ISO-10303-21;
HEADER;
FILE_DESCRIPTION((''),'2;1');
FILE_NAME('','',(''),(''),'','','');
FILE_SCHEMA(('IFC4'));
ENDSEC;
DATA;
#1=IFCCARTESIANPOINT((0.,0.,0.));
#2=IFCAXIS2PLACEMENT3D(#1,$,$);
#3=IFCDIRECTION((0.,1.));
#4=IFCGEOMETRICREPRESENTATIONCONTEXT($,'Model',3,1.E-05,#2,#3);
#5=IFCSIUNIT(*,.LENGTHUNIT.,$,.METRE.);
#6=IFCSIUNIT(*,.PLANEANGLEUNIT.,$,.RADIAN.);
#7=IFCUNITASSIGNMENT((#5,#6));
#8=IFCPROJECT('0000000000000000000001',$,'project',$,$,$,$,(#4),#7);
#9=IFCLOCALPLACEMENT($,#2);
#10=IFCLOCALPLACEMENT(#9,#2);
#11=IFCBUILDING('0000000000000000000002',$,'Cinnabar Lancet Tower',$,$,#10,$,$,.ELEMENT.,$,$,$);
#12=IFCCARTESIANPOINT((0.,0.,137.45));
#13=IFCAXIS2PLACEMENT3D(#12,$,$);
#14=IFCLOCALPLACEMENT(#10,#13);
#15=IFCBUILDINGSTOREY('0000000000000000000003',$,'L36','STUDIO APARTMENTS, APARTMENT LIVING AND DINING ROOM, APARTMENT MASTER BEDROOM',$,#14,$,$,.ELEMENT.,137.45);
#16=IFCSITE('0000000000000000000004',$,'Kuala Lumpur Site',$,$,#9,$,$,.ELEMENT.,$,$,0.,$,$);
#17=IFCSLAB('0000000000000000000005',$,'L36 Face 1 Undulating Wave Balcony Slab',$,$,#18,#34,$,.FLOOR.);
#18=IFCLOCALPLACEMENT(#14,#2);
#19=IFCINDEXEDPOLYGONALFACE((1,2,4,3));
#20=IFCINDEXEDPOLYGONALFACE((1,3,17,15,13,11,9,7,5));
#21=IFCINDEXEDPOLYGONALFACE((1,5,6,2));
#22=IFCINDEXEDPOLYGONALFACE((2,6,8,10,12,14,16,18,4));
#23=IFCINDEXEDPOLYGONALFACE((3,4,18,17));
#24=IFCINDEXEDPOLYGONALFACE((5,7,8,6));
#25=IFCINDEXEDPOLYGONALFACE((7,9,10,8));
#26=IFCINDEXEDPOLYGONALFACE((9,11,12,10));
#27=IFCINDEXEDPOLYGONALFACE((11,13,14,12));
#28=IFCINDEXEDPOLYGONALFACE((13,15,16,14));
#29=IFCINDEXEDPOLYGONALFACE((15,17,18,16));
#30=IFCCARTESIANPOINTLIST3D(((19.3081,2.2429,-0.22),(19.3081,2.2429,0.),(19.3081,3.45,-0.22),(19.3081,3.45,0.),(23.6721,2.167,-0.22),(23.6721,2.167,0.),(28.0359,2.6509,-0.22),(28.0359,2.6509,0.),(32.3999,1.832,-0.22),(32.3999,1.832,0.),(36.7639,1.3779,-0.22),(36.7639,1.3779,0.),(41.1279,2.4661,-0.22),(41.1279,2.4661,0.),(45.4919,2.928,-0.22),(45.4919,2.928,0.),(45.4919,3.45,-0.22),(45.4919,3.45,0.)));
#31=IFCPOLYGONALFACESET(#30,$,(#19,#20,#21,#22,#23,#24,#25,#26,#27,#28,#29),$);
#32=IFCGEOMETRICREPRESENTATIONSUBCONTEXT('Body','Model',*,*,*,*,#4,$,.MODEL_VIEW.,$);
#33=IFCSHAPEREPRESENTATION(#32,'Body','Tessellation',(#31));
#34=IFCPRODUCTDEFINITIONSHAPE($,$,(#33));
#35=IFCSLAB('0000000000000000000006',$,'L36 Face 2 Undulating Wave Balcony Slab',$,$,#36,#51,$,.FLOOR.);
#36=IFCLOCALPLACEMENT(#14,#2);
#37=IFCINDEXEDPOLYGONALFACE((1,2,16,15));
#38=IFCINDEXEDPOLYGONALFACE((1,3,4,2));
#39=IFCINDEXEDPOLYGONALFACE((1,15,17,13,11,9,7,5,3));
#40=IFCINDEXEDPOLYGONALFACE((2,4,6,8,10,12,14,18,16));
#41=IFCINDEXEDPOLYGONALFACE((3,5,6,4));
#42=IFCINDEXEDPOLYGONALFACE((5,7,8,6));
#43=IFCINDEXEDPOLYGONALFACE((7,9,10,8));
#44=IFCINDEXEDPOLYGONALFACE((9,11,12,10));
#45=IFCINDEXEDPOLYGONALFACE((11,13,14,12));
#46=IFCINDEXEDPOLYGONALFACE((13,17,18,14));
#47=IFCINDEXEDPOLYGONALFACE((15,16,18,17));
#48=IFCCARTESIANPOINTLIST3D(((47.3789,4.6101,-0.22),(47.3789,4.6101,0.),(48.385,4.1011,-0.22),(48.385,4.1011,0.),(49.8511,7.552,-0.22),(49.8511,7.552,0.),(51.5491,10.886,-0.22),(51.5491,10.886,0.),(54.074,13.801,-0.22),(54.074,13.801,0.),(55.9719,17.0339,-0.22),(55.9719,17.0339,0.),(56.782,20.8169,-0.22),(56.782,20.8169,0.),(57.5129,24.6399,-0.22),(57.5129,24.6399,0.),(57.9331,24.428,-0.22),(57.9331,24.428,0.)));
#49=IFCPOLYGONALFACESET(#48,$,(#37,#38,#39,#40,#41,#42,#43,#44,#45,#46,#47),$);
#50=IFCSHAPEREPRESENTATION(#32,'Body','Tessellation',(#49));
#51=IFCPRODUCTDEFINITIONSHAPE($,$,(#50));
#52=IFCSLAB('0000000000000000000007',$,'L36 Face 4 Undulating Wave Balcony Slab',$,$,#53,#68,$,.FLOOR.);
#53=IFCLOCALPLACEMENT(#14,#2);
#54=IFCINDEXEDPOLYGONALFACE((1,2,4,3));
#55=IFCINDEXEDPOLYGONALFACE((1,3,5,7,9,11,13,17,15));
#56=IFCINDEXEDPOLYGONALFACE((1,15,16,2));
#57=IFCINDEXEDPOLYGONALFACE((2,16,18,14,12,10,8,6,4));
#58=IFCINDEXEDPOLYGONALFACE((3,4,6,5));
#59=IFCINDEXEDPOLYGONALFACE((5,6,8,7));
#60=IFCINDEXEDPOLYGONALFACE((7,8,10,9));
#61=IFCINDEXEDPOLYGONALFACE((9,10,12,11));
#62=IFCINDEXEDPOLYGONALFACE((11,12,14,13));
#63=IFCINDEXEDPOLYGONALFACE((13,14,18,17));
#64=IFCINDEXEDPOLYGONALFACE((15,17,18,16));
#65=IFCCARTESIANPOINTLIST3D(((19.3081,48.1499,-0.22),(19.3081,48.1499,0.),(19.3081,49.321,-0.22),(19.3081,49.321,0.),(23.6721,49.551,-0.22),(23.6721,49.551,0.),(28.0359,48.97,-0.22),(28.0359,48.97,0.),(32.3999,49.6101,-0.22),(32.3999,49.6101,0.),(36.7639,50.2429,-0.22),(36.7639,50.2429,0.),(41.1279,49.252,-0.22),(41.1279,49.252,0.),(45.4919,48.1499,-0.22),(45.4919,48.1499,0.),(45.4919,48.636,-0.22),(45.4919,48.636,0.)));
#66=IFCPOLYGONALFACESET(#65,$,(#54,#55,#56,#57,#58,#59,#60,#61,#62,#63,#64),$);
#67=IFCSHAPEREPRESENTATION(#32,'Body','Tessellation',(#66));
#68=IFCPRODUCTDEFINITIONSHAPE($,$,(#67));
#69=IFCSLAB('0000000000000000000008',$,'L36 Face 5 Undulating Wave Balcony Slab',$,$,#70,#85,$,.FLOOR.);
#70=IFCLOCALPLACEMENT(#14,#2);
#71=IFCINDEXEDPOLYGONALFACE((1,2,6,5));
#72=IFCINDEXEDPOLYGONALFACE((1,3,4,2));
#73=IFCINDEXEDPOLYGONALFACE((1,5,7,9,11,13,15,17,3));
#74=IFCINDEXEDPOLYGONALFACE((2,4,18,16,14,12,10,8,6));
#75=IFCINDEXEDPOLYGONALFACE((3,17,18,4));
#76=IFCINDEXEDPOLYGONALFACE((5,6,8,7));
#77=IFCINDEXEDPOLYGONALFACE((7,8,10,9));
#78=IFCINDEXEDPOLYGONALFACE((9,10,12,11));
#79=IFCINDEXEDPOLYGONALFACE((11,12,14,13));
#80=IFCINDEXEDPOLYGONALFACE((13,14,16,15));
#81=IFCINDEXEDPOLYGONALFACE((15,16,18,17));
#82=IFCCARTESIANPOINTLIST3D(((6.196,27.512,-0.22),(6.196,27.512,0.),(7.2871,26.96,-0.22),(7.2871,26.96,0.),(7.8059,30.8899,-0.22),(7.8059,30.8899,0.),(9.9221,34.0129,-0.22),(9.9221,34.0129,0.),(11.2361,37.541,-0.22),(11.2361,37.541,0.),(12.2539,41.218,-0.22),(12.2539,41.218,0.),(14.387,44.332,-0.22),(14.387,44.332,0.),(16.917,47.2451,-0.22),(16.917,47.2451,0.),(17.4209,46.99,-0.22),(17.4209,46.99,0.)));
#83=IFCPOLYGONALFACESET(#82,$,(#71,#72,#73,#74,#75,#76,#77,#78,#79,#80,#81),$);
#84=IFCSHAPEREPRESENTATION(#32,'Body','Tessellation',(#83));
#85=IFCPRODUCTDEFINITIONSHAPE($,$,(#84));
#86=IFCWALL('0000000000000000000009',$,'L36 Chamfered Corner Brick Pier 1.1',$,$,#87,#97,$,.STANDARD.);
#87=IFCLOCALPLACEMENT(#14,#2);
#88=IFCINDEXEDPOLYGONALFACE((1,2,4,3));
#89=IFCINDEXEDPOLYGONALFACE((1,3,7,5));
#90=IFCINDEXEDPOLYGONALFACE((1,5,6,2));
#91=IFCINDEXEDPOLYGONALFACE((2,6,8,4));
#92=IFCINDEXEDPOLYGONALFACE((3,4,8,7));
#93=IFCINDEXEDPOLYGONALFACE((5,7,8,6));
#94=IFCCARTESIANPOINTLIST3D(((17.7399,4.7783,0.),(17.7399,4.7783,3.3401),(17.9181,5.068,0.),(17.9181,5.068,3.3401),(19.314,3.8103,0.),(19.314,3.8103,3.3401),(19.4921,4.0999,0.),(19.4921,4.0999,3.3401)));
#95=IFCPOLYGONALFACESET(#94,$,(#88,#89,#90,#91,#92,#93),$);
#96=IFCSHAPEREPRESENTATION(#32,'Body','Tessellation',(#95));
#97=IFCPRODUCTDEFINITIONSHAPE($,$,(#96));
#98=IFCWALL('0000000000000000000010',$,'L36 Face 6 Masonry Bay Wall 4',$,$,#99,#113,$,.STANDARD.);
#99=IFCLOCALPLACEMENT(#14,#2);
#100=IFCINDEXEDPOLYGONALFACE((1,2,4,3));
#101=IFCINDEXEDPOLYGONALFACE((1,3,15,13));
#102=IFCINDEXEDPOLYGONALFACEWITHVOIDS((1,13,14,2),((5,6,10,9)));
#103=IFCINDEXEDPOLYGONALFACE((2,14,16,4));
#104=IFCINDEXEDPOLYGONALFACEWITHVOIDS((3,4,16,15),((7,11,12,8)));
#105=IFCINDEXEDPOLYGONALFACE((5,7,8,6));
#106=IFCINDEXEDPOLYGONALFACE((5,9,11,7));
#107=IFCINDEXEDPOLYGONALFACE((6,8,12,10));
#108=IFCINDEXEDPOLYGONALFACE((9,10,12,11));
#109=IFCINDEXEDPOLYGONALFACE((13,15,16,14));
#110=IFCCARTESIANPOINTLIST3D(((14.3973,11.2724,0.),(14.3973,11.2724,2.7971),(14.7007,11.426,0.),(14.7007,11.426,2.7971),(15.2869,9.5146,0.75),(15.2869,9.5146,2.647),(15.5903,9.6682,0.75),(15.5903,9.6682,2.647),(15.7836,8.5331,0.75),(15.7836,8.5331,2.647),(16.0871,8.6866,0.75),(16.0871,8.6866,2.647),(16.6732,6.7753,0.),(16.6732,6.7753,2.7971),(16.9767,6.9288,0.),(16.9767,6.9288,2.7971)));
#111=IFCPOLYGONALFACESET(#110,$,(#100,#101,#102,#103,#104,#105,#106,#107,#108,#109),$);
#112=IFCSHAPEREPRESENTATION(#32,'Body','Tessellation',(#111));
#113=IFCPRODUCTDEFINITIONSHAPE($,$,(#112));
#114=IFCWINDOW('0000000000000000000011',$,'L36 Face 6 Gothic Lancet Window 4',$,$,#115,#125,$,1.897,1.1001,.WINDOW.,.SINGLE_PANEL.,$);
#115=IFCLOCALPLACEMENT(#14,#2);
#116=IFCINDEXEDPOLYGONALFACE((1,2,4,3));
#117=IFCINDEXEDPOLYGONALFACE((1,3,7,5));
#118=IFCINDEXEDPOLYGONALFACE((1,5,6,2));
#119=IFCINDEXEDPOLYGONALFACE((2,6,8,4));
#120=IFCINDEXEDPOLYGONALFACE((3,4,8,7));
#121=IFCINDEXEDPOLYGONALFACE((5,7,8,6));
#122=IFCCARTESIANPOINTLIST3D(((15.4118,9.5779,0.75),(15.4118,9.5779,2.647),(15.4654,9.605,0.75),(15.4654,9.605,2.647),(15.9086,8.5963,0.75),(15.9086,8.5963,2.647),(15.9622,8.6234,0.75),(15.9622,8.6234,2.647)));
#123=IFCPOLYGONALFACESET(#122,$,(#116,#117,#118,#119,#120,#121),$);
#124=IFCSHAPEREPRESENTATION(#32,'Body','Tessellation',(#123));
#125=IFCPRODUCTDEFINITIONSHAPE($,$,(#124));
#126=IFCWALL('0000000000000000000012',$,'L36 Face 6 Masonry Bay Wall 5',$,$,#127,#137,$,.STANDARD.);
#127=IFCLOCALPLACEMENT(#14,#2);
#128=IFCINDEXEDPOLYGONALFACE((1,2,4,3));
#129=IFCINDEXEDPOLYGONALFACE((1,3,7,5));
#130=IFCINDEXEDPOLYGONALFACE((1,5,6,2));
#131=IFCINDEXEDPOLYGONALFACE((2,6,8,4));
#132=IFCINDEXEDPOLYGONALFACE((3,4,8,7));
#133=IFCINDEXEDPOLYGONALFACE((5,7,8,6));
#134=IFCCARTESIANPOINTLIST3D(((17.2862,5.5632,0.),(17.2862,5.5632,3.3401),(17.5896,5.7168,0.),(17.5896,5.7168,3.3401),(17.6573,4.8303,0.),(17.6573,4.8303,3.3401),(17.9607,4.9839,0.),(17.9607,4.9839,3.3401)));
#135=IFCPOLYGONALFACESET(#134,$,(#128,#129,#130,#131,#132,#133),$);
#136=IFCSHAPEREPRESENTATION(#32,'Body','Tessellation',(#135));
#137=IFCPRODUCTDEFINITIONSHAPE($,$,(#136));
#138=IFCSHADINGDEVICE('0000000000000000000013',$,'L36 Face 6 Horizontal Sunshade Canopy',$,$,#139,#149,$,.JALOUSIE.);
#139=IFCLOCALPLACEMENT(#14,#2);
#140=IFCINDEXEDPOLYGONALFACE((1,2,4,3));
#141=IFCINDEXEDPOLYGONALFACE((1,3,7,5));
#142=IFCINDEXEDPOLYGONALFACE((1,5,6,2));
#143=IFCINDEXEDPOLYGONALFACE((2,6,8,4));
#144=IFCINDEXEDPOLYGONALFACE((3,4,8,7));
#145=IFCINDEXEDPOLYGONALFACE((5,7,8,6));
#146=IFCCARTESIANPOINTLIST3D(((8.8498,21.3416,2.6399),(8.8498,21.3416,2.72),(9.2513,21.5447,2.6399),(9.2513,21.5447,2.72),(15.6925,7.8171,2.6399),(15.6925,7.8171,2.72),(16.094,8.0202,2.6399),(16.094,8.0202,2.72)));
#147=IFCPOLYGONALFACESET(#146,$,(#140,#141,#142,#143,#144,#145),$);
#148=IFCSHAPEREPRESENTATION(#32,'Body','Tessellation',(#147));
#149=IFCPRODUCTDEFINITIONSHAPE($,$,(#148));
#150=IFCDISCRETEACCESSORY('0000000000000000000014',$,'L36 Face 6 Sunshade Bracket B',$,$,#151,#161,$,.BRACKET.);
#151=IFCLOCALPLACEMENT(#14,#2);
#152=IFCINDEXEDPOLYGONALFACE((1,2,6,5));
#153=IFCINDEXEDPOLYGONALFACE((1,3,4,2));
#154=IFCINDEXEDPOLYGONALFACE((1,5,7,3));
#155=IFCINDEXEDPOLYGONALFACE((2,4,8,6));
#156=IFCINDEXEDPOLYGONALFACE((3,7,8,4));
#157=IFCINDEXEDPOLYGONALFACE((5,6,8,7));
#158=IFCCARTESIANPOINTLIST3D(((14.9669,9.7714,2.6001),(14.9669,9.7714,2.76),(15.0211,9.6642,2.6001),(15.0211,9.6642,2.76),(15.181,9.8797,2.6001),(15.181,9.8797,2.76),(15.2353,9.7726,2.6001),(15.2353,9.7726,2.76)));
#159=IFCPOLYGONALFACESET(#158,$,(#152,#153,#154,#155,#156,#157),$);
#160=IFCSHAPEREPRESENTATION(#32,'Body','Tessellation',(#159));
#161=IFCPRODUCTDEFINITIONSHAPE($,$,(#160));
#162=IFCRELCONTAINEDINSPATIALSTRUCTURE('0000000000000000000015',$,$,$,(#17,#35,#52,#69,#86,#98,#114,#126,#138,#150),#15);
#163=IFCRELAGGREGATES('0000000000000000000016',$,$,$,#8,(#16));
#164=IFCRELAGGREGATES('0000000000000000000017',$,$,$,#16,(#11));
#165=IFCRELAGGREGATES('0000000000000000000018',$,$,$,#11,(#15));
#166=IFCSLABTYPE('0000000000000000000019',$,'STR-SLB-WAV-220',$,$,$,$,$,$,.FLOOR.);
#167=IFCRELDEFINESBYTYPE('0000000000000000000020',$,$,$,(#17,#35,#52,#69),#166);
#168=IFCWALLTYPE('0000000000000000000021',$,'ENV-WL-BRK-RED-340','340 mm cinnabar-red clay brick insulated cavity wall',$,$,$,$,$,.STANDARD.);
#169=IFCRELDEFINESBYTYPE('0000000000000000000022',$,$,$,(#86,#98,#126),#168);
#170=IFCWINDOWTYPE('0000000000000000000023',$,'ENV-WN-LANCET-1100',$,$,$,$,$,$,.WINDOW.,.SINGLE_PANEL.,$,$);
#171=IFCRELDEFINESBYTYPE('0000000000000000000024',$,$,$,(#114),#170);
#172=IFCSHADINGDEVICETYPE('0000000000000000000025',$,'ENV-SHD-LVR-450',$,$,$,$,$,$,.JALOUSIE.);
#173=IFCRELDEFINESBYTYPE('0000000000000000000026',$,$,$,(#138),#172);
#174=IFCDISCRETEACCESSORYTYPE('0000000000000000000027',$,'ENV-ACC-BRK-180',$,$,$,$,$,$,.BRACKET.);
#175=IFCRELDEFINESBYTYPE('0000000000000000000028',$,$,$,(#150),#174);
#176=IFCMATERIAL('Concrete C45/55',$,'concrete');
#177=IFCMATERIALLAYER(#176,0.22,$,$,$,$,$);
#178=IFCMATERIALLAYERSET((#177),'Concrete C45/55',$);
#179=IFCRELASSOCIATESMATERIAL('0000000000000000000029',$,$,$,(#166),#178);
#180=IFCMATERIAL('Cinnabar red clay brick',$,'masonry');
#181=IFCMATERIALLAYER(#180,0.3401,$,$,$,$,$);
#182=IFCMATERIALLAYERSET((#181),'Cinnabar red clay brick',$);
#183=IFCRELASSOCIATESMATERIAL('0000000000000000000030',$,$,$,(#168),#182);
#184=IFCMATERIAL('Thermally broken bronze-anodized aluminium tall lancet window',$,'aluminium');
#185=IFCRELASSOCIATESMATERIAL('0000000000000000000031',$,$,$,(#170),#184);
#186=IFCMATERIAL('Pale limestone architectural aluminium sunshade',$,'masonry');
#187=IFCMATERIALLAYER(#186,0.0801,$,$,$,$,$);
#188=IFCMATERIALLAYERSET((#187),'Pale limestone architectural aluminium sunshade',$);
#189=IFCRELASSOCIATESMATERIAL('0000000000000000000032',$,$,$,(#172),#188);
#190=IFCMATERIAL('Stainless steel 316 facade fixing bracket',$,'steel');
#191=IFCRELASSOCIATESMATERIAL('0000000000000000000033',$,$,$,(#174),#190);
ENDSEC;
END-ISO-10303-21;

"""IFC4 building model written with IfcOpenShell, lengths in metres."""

from ifc_helpers import new_model, si_unit, direction, frame, frame_2d, origin, origin_2d, place, context, subcontext, project, spatial, polyline, rectangle, outline, extrude, material, layer, layer_set, type_object, element, fill, save


model = new_model("IFC4")

# Units and contexts
model_context = context("Model", 3, precision=1e-05, world=origin(), true_north=direction((0.0, 1.0)))
body_context = subcontext(model_context, "Body", "Model", "MODEL_VIEW")
ifc_project = project(units=[si_unit("LENGTHUNIT", "METRE"), si_unit("PLANEANGLEUNIT", "RADIAN")], contexts=[model_context])

# Site, building, storey
site_placement = place(None, origin())
site = spatial("IfcSite", under=ifc_project, at=site_placement, Name="Kuala Lumpur Site", CompositionType="ELEMENT", RefElevation=0.0)
building_placement = place(site_placement, origin())
building = spatial("IfcBuilding", under=site, at=building_placement, Name="Cinnabar Lancet Tower", CompositionType="ELEMENT")
storey_placement = place(building_placement, frame((0.0, 0.0, 137.45)))
storey = spatial("IfcBuildingStorey", under=building, at=storey_placement, Name="L36", Description="STUDIO APARTMENTS, APARTMENT LIVING AND DINING ROOM, APARTMENT MASTER BEDROOM", CompositionType="ELEMENT", Elevation=137.45)

# Slabs
ifc_material_1 = material(Name="Concrete C45/55", Category="concrete")
ifc_layer_1 = layer(ifc_material_1, 0.22)
ifc_layer_set_1 = layer_set([ifc_layer_1], Name="Concrete C45/55")
slab_type_1 = type_object("IfcSlabType", Name="STR-SLB-WAV-220", PredefinedType="FLOOR", material=ifc_layer_set_1)
slab_1_placement = place(storey_placement, frame((0.0, 0.0, -0.22)))
element("IfcSlab", 1, at=slab_1_placement, inside=storey, type_object=slab_type_1, Name="L36 Face 1 Undulating Wave Balcony Slab", PredefinedType="FLOOR", context=body_context, shape_type="SweptSolid", body=[
    extrude(outline(polyline([(19.3081, 3.45), (19.3081, 2.2429), (23.6721, 2.167), (28.0359, 2.6509), (32.3999, 1.832), (36.7639, 1.3779), (41.1279, 2.4661), (45.4919, 2.928), (45.4919, 3.45), (19.3081, 3.45)])), origin(), (0.0, 0.0, 1.0), 0.22),
])
slab_2_placement = place(storey_placement, frame((0.0, 0.0, -0.22)))
element("IfcSlab", 2, at=slab_2_placement, inside=storey, type_object=slab_type_1, Name="L36 Face 2 Undulating Wave Balcony Slab", PredefinedType="FLOOR", context=body_context, shape_type="SweptSolid", body=[
    extrude(outline(polyline([(47.3789, 4.6101), (48.385, 4.1011), (49.8511, 7.552), (51.5491, 10.886), (54.074, 13.801), (55.9719, 17.0339), (56.782, 20.8169), (57.9331, 24.428), (57.5129, 24.6399), (47.3789, 4.6101)])), origin(), (0.0, 0.0, 1.0), 0.22),
])
slab_3_placement = place(storey_placement, frame((0.0, 0.0, -0.22)))
element("IfcSlab", 3, at=slab_3_placement, inside=storey, type_object=slab_type_1, Name="L36 Face 4 Undulating Wave Balcony Slab", PredefinedType="FLOOR", context=body_context, shape_type="SweptSolid", body=[
    extrude(outline(polyline([(45.4919, 48.1499), (45.4919, 48.636), (41.1279, 49.252), (36.7639, 50.2429), (32.3999, 49.6101), (28.0359, 48.97), (23.6721, 49.551), (19.3081, 49.321), (19.3081, 48.1499), (45.4919, 48.1499)])), origin(), (0.0, 0.0, 1.0), 0.22),
])
slab_4_placement = place(storey_placement, frame((0.0, 0.0, -0.22)))
element("IfcSlab", 4, at=slab_4_placement, inside=storey, type_object=slab_type_1, Name="L36 Face 5 Undulating Wave Balcony Slab", PredefinedType="FLOOR", context=body_context, shape_type="SweptSolid", body=[
    extrude(outline(polyline([(17.4209, 46.99), (16.917, 47.2451), (14.387, 44.332), (12.2539, 41.218), (11.2361, 37.541), (9.9221, 34.0129), (7.8059, 30.8899), (6.196, 27.512), (7.2871, 26.96), (17.4209, 46.99)])), origin(), (0.0, 0.0, 1.0), 0.22),
])

# Wall
ifc_material_2 = material(Name="Cinnabar red clay brick", Category="masonry")
ifc_layer_2 = layer(ifc_material_2, 0.3401)
ifc_layer_set_2 = layer_set([ifc_layer_2], Name="Cinnabar red clay brick")
wall_type = type_object("IfcWallType", Name="ENV-WL-BRK-RED-340", Description="340 mm cinnabar-red clay brick insulated cavity wall", PredefinedType="STANDARD", material=ifc_layer_set_2)
wall_1_placement = place(storey_placement, frame((17.8291, 4.9231, 0.0), z_axis=(0.0, 0.0, 1.0), x_axis=(0.851799, -0.523869, 0.0)))
element("IfcWall", 5, at=wall_1_placement, inside=storey, type_object=wall_type, Name="L36 Chamfered Corner Brick Pier 1.1", PredefinedType="STANDARD", context=body_context, shape_type="SweptSolid", body=[
    extrude(rectangle(XDim=1.8479, YDim=0.3401, at=frame_2d((0.9238, 0.0))), origin(), (0.0, 0.0, 1.0), 3.3401),
])

# Wall, opening, window
wall_2_placement = place(storey_placement, frame((14.5491, 11.3491, 0.0), z_axis=(0.0, 0.0, 1.0), x_axis=(0.451548, -0.892247, 0.0)))
wall_2 = element("IfcWall", 6, at=wall_2_placement, inside=storey, type_object=wall_type, Name="L36 Face 6 Masonry Bay Wall 4", PredefinedType="STANDARD", context=body_context, shape_type="SweptSolid", body=[
    extrude(rectangle(XDim=5.0403, YDim=0.3401, at=frame_2d((2.52, 0.0))), origin(), (0.0, 0.0, 1.0), 2.7971),
])
opening_placement = place(wall_2_placement, frame((1.97, 0.0, 0.75)))
opening = element("IfcOpeningElement", 7, at=opening_placement, cuts=wall_2, PredefinedType="OPENING", context=body_context, shape_type="SweptSolid", body=[
    extrude(rectangle(XDim=1.1001, YDim=1.897, at=frame_2d((0.55, 0.9485))), frame((0.0, 0.1799, 0.0), z_axis=(0.0, -1.0, 0.0), x_axis=(1.0, 0.0, 0.0)), (0.0, 0.0, 1.0), 0.3601),
])
ifc_material_3 = material(Name="Thermally broken bronze-anodized aluminium tall lancet window", Category="aluminium")
window_type = type_object("IfcWindowType", Name="ENV-WN-LANCET-1100", PartitioningType="SINGLE_PANEL", PredefinedType="WINDOW", material=ifc_material_3)
window_placement = place(opening_placement, origin())
window = element("IfcWindow", 8, at=window_placement, inside=storey, type_object=window_type, Name="L36 Face 6 Gothic Lancet Window 4", OverallHeight=1.897, OverallWidth=1.1001, PartitioningType="SINGLE_PANEL", PredefinedType="WINDOW", context=body_context, shape_type="SweptSolid", body=[
    extrude(rectangle(XDim=1.1001, YDim=1.897, at=frame_2d((0.55, 0.9485))), frame((0.0, 0.03, 0.0), z_axis=(0.0, -1.0, 0.0), x_axis=(1.0, 0.0, 0.0)), (0.0, 0.0, 1.0), 0.0601),
])
fill(opening, window)

# Wall
wall_3_placement = place(storey_placement, frame((17.438, 5.6399, 0.0), z_axis=(0.0, 0.0, 1.0), x_axis=(0.451725, -0.892157, 0.0)))
element("IfcWall", 9, at=wall_3_placement, inside=storey, type_object=wall_type, Name="L36 Face 6 Masonry Bay Wall 5", PredefinedType="STANDARD", context=body_context, shape_type="SweptSolid", body=[
    extrude(rectangle(XDim=0.8215, YDim=0.3401, at=frame_2d((0.4106, 0.0))), origin(), (0.0, 0.0, 1.0), 3.3401),
])

# Shading device
ifc_material_4 = material(Name="Pale limestone architectural aluminium sunshade", Category="masonry")
ifc_layer_3 = layer(ifc_material_4, 0.0801)
ifc_layer_set_3 = layer_set([ifc_layer_3], Name="Pale limestone architectural aluminium sunshade")
shading_device_type = type_object("IfcShadingDeviceType", Name="ENV-SHD-LVR-450", PredefinedType="JALOUSIE", material=ifc_layer_set_3)
shading_device_placement = place(storey_placement, frame((12.4719, 14.6809, 2.6399), z_axis=(0.0, 0.0, 1.0), x_axis=(0.451454, -0.892294, 0.0)))
element("IfcShadingDevice", 10, at=shading_device_placement, inside=storey, type_object=shading_device_type, Name="L36 Face 6 Horizontal Sunshade Canopy", PredefinedType="JALOUSIE", context=body_context, shape_type="SweptSolid", body=[
    extrude(rectangle(XDim=15.157, YDim=0.45, at=origin_2d()), origin(), (0.0, 0.0, 1.0), 0.0801),
])

# Discrete accessory
ifc_material_5 = material(Name="Stainless steel 316 facade fixing bracket", Category="steel")
discrete_accessory_type = type_object("IfcDiscreteAccessoryType", Name="ENV-ACC-BRK-180", PredefinedType="BRACKET", material=ifc_material_5)
discrete_accessory_placement = place(storey_placement, frame((15.1011, 9.772, 2.6001), z_axis=(0.0, 0.0, 1.0), x_axis=(0.451454, -0.892294, 0.0)))
element("IfcDiscreteAccessory", 11, at=discrete_accessory_placement, inside=storey, type_object=discrete_accessory_type, Name="L36 Face 6 Sunshade Bracket B", PredefinedType="BRACKET", context=body_context, shape_type="SweptSolid", body=[
    extrude(rectangle(XDim=0.1201, YDim=0.24, at=origin_2d()), origin(), (0.0, 0.0, 1.0), 0.1599),
])

save(model, "model.ifc")
